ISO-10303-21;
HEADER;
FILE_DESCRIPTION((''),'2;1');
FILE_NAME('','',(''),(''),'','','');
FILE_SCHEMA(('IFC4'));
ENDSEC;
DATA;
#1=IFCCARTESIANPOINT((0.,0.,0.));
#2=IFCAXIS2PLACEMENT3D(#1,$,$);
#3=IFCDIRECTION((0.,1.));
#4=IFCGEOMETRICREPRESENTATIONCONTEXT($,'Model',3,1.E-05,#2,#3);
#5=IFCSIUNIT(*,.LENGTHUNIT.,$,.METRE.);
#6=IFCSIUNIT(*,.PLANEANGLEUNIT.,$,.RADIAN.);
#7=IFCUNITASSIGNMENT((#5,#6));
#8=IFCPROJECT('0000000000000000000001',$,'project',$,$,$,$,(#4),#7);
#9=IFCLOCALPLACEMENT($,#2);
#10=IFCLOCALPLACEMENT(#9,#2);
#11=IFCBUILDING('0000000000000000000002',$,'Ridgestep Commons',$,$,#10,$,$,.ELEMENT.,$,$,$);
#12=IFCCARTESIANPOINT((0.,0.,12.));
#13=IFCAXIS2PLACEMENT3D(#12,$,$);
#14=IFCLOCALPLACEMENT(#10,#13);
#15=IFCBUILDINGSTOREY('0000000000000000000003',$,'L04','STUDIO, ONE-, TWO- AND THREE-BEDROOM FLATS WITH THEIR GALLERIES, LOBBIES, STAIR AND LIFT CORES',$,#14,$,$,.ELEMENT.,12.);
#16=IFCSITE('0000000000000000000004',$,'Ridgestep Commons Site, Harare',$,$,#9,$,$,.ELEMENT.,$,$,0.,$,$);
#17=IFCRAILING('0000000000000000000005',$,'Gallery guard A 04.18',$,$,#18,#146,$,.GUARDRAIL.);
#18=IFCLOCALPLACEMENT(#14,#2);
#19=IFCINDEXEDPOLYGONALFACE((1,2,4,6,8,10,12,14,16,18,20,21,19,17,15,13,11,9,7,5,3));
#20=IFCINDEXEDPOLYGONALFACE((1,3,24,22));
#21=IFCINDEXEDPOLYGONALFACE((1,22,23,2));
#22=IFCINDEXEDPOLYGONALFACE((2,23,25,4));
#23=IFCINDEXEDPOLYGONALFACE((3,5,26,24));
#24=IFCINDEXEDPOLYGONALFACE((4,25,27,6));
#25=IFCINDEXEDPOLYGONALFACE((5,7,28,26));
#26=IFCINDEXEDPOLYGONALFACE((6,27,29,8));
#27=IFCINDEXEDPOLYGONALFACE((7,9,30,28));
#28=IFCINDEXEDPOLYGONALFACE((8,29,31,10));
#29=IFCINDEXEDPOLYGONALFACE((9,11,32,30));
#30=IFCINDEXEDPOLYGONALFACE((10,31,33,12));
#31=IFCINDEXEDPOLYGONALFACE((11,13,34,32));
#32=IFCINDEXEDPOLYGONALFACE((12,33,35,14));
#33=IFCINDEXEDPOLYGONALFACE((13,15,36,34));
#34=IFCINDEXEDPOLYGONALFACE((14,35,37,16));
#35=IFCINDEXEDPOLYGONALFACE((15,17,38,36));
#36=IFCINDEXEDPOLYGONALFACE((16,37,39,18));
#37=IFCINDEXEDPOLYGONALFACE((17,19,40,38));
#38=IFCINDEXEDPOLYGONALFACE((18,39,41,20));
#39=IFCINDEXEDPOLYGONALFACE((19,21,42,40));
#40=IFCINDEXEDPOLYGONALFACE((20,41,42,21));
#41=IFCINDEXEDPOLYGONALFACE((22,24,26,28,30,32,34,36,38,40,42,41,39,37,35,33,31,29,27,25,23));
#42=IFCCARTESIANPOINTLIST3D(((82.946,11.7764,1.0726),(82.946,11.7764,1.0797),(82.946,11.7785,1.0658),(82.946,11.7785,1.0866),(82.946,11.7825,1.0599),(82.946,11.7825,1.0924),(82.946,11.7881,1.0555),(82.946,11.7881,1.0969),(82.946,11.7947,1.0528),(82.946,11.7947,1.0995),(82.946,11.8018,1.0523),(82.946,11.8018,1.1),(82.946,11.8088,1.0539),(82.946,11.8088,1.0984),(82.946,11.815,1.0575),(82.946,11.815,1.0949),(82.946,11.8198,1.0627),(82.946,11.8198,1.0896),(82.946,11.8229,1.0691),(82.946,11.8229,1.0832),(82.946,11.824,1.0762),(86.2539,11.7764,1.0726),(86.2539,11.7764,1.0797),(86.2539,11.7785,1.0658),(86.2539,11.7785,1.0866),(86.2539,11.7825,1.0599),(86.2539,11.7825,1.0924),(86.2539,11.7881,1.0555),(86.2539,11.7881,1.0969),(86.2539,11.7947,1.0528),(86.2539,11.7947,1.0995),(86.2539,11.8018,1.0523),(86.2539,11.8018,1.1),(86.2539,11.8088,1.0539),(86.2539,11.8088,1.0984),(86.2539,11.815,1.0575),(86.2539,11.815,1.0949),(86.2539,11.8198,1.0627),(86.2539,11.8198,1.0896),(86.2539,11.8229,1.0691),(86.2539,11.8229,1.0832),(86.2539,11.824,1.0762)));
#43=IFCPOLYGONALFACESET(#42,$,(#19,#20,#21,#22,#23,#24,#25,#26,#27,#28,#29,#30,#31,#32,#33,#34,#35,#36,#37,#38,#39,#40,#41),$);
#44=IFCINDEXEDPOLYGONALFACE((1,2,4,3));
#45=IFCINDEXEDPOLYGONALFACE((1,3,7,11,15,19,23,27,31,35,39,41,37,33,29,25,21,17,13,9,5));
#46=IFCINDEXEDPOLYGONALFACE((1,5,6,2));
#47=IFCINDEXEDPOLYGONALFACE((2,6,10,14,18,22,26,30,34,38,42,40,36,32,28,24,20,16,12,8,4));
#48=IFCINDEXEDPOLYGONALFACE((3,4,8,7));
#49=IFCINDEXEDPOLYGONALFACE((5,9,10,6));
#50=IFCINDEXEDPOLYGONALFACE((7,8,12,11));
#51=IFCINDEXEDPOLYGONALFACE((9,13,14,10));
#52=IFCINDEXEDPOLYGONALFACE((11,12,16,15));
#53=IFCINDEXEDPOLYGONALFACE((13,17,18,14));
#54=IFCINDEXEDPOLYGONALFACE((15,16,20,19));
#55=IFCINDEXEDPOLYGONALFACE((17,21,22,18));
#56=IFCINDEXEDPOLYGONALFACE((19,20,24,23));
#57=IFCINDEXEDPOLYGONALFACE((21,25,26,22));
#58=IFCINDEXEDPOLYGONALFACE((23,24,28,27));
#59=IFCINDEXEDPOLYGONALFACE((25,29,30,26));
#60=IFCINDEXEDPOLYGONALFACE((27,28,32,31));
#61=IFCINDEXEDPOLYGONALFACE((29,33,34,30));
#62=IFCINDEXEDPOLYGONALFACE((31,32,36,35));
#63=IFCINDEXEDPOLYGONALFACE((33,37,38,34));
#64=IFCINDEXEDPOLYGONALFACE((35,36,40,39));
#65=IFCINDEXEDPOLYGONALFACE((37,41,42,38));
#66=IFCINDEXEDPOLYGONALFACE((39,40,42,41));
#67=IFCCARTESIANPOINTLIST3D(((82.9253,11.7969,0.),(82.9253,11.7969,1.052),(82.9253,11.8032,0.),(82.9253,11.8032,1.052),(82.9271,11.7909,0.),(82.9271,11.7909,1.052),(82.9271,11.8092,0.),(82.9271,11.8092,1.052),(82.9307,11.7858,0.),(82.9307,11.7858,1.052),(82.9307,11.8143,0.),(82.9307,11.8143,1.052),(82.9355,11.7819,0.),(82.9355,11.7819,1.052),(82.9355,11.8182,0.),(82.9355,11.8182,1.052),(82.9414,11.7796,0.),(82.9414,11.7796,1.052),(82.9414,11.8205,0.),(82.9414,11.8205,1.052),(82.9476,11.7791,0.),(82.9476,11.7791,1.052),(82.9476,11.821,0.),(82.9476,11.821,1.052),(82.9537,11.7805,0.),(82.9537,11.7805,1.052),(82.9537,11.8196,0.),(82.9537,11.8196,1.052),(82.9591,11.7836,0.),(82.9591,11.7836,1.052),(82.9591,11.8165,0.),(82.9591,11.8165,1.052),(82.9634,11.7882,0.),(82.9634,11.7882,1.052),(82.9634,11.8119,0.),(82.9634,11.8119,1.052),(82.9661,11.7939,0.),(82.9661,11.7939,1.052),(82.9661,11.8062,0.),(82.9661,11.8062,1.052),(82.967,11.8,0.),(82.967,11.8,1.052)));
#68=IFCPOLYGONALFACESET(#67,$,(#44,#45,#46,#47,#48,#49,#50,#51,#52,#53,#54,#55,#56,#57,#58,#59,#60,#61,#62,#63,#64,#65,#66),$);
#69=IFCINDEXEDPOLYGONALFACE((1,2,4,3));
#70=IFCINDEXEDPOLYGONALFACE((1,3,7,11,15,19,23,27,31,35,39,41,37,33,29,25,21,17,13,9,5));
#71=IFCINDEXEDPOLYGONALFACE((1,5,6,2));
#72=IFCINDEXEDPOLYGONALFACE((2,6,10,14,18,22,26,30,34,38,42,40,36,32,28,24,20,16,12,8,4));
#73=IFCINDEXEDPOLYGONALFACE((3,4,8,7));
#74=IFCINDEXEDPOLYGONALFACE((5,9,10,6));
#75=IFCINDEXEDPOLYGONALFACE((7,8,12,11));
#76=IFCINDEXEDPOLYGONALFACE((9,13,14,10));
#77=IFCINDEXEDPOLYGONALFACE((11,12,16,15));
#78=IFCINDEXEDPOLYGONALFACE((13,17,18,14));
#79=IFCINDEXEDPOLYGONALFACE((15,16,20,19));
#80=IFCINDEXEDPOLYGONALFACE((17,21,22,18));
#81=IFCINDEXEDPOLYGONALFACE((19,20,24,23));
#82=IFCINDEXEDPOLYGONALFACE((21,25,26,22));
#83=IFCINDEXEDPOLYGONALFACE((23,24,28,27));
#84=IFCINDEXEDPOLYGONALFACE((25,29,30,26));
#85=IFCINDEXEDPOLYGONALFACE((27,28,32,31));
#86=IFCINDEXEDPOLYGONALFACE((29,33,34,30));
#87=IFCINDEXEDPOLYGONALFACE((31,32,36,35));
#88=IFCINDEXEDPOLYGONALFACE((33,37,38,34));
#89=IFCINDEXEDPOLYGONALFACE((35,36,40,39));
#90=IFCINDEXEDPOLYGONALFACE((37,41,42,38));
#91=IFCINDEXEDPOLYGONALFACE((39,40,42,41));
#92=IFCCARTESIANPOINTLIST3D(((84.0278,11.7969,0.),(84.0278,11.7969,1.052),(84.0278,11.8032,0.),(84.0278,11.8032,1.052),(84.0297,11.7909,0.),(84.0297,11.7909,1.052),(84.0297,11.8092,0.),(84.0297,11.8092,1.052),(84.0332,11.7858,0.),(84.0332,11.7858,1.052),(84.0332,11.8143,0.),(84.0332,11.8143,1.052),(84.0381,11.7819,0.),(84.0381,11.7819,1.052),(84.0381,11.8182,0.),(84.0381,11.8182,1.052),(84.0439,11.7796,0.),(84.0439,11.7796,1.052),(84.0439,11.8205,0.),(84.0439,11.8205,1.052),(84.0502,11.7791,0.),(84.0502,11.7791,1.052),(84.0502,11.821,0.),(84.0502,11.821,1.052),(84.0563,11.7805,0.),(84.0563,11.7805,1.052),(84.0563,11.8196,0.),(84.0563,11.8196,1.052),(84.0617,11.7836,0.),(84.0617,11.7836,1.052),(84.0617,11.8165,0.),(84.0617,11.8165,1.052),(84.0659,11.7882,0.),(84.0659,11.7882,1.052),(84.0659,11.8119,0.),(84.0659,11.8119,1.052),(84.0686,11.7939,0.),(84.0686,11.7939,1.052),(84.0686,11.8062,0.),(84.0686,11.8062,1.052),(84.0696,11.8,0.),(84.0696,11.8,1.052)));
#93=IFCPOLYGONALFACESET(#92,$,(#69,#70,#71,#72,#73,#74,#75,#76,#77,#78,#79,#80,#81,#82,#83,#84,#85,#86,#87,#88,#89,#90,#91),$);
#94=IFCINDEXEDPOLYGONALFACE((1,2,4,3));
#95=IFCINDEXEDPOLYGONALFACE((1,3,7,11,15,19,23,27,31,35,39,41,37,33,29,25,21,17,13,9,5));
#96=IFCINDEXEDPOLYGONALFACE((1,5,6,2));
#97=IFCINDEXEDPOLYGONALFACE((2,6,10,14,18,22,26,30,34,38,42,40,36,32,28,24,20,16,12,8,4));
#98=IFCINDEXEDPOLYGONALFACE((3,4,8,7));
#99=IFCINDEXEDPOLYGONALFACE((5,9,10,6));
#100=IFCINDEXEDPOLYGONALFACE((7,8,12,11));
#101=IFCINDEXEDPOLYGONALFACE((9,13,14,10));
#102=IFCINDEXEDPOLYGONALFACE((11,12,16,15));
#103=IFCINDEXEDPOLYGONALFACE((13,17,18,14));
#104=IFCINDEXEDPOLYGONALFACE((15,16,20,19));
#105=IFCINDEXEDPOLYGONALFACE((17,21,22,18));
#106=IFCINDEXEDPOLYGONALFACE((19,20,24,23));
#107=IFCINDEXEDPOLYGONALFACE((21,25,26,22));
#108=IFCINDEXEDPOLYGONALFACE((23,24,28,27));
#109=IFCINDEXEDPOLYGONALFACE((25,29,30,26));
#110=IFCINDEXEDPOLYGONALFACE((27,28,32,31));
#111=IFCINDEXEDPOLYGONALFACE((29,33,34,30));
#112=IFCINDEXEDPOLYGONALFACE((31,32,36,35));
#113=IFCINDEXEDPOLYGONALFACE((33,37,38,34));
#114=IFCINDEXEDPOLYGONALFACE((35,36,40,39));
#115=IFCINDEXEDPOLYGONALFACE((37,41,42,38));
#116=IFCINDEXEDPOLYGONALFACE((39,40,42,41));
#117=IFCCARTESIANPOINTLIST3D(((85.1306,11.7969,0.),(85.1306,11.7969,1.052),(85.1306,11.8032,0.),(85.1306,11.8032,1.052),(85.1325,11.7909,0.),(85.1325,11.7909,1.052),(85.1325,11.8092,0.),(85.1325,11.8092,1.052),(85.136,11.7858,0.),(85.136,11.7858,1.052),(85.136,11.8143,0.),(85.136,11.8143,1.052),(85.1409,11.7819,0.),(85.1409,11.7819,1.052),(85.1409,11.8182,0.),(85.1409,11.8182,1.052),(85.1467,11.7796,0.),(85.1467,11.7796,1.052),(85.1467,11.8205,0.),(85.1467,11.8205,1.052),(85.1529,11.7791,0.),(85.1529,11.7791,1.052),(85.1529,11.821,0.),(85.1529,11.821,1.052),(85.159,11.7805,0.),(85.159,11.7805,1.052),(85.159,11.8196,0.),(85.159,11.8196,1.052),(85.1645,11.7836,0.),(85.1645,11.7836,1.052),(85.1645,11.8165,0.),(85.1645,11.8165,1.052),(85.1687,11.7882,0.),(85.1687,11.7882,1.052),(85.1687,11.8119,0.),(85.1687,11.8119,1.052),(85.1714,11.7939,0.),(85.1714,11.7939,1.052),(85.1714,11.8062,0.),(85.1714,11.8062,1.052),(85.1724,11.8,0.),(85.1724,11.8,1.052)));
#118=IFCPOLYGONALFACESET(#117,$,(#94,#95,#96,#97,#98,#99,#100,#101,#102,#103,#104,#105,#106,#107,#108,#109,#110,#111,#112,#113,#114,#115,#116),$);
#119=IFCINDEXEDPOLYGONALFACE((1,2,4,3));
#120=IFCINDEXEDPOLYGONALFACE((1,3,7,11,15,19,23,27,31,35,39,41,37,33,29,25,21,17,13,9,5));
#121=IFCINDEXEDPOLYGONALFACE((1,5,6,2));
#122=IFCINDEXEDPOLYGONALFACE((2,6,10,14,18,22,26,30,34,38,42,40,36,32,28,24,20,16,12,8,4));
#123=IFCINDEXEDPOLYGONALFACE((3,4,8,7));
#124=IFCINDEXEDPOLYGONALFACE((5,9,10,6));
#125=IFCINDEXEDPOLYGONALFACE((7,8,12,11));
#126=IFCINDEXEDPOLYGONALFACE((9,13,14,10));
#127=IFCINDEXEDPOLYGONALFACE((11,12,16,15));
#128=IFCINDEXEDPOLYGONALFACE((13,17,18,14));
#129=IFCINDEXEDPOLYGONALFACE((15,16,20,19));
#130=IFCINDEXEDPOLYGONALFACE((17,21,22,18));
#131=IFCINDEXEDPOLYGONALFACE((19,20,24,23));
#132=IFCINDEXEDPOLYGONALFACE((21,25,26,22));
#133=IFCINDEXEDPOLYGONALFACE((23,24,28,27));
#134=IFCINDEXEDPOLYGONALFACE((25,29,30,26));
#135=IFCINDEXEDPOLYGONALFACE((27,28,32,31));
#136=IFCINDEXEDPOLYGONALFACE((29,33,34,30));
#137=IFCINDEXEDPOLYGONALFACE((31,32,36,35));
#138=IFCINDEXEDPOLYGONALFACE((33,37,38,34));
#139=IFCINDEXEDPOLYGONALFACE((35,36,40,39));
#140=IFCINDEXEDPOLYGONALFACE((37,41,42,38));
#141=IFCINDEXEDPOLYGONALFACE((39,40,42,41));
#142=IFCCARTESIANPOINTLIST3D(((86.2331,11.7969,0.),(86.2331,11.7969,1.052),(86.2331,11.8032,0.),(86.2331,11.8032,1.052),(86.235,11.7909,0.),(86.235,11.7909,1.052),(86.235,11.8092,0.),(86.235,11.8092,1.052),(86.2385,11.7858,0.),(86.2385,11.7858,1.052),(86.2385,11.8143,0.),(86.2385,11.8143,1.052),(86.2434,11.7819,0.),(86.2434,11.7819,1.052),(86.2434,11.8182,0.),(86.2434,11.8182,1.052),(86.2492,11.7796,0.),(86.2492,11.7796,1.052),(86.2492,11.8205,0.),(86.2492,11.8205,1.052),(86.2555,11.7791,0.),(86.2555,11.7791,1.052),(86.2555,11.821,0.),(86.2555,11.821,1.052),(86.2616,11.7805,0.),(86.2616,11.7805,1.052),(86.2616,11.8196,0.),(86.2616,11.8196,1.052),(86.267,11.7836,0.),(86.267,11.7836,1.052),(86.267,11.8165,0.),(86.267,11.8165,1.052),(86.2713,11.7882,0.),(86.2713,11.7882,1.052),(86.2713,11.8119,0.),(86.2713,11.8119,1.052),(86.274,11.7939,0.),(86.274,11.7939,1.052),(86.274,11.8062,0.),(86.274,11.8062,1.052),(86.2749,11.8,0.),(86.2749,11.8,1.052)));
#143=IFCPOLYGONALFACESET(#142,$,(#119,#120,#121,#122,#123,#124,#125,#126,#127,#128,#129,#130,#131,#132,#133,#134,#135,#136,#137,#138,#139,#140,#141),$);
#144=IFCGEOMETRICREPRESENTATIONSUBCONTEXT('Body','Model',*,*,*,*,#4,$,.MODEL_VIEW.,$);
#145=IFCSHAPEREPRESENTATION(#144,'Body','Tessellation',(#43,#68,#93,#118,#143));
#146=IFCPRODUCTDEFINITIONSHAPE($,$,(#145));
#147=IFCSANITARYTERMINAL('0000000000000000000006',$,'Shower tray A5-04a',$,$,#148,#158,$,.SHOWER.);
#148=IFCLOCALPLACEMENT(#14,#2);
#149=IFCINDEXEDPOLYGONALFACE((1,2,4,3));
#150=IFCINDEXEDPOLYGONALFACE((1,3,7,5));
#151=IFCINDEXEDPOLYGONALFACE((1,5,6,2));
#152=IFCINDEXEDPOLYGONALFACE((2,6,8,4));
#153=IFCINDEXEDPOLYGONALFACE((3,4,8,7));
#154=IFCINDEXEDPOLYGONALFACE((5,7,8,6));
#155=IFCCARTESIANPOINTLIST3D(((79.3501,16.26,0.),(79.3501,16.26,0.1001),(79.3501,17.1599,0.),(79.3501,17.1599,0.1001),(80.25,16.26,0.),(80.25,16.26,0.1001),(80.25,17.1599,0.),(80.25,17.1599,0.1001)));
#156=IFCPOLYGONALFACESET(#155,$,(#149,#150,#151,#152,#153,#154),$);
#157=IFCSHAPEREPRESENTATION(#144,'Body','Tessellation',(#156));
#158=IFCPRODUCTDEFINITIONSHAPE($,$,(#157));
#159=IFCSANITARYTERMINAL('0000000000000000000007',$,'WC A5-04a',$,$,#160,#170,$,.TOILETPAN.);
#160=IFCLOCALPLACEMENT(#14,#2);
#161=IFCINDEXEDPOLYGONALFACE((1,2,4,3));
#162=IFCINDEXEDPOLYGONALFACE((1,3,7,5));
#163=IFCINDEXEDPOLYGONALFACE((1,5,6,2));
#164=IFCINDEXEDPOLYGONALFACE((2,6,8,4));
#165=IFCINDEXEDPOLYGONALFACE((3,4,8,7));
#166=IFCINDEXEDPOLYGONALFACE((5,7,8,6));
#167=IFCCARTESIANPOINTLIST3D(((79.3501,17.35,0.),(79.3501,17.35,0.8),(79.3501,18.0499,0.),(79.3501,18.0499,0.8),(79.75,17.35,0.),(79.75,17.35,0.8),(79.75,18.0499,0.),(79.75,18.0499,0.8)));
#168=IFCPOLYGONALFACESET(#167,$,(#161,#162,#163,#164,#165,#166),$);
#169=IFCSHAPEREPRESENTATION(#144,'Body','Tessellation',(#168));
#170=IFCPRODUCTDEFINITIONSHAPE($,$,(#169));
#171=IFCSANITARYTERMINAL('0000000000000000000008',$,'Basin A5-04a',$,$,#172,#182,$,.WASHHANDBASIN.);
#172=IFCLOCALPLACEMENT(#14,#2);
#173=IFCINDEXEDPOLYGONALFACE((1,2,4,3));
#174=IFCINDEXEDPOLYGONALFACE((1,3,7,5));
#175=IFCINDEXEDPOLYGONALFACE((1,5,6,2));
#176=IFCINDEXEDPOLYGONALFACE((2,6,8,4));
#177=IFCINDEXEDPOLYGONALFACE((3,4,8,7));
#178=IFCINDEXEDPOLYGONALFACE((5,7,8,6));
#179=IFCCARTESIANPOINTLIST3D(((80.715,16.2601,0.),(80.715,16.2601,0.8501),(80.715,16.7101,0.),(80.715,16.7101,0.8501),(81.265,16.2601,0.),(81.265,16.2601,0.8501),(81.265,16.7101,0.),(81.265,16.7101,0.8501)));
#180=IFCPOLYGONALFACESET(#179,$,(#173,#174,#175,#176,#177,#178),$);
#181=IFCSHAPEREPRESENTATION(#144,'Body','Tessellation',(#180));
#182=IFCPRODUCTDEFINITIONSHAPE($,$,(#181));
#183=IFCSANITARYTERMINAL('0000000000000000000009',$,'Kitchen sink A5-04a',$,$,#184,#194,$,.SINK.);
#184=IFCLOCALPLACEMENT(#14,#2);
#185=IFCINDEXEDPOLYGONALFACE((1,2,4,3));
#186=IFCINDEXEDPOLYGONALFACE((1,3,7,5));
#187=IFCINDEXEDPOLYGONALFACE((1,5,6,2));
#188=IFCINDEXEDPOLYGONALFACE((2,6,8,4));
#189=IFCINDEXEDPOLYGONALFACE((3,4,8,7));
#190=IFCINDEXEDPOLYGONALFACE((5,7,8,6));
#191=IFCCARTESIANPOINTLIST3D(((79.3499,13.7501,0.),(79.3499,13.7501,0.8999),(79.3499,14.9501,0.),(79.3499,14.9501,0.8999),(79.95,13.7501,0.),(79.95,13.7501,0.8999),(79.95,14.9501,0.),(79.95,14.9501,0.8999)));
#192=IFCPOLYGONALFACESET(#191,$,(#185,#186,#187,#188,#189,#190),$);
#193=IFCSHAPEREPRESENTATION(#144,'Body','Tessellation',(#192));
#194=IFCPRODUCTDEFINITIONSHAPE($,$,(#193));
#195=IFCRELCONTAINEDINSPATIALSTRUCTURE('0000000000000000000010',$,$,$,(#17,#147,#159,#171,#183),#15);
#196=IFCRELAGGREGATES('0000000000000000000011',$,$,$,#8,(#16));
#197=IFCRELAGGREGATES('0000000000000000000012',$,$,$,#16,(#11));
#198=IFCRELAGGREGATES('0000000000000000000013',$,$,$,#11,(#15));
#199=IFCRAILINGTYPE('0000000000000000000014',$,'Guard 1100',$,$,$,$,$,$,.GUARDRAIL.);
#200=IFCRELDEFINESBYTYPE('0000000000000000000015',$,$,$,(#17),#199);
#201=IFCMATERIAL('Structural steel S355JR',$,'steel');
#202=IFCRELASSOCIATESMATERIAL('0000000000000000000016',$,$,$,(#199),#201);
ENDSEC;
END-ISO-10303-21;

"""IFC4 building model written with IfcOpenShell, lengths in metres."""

from ifc_helpers import new_model, si_unit, direction, frame, origin, origin_2d, place, context, subcontext, project, spatial, rectangle, circle, extrude, material, type_object, element, save


model = new_model("IFC4")

# Units and contexts
model_context = context("Model", 3, precision=1e-05, world=origin(), true_north=direction((0.0, 1.0)))
body_context = subcontext(model_context, "Body", "Model", "MODEL_VIEW")
ifc_project = project(units=[si_unit("LENGTHUNIT", "METRE"), si_unit("PLANEANGLEUNIT", "RADIAN")], contexts=[model_context])

# Site, building, storey
site_placement = place(None, origin())
site = spatial("IfcSite", under=ifc_project, at=site_placement, Name="Ridgestep Commons Site, Harare", CompositionType="ELEMENT", RefElevation=0.0)
building_placement = place(site_placement, origin())
building = spatial("IfcBuilding", under=site, at=building_placement, Name="Ridgestep Commons", CompositionType="ELEMENT")
storey_placement = place(building_placement, frame((0.0, 0.0, 12.0)))
storey = spatial("IfcBuildingStorey", under=building, at=storey_placement, Name="L04", Description="STUDIO, ONE-, TWO- AND THREE-BEDROOM FLATS WITH THEIR GALLERIES, LOBBIES, STAIR AND LIFT CORES", CompositionType="ELEMENT", Elevation=12.0)

# Railing
ifc_material_1 = material(Name="Structural steel S355JR", Category="steel")
railing_type = type_object("IfcRailingType", Name="Guard 1100", PredefinedType="GUARDRAIL", material=ifc_material_1)
railing_1_placement = place(storey_placement, frame((82.946, 11.8, 0.0)))
element("IfcRailing", 1, at=railing_1_placement, inside=storey, type_object=railing_type, Name="Gallery guard A 04.18", PredefinedType="GUARDRAIL", context=body_context, shape_type="SweptSolid", body=[
    extrude(circle(Radius=0.0239, at=origin_2d()), frame((0.0, 0.0, 1.0762), z_axis=(1.0, 0.0, 0.0), x_axis=(0.0, 1.0, 0.0)), (0.0, 0.0, 1.0), 3.3079),
    extrude(circle(Radius=0.021, at=origin_2d()), origin(), (0.0, 0.0, 1.0), 1.052),
    extrude(circle(Radius=0.021, at=origin_2d()), frame((1.1025, 0.0, 0.0)), (0.0, 0.0, 1.0), 1.052),
    extrude(circle(Radius=0.021, at=origin_2d()), frame((2.2053, 0.0, 0.0)), (0.0, 0.0, 1.0), 1.052),
    extrude(circle(Radius=0.021, at=origin_2d()), frame((3.3079, 0.0, 0.0)), (0.0, 0.0, 1.0), 1.052),
])

# Sanitary terminals
sanitary_terminal_1_placement = place(storey_placement, frame((79.8, 16.71, 0.0), z_axis=(0.0, 0.0, 1.0), x_axis=(1.0, 0.0, 0.0)))
element("IfcSanitaryTerminal", 2, at=sanitary_terminal_1_placement, inside=storey, Name="Shower tray A5-04a", PredefinedType="SHOWER", context=body_context, shape_type="SweptSolid", body=[
    extrude(rectangle(XDim=0.8999, YDim=0.8999, at=origin_2d()), origin(), (0.0, 0.0, 1.0), 0.1001),
])
sanitary_terminal_2_placement = place(storey_placement, frame((79.55, 17.7, 0.0), z_axis=(0.0, 0.0, 1.0), x_axis=(1.0, 0.0, 0.0)))
element("IfcSanitaryTerminal", 3, at=sanitary_terminal_2_placement, inside=storey, Name="WC A5-04a", PredefinedType="TOILETPAN", context=body_context, shape_type="SweptSolid", body=[
    extrude(rectangle(XDim=0.3999, YDim=0.7, at=origin_2d()), origin(), (0.0, 0.0, 1.0), 0.8),
])
sanitary_terminal_3_placement = place(storey_placement, frame((80.99, 16.4851, 0.0), z_axis=(0.0, 0.0, 1.0), x_axis=(1.0, 0.0, 0.0)))
element("IfcSanitaryTerminal", 4, at=sanitary_terminal_3_placement, inside=storey, Name="Basin A5-04a", PredefinedType="WASHHANDBASIN", context=body_context, shape_type="SweptSolid", body=[
    extrude(rectangle(XDim=0.55, YDim=0.45, at=origin_2d()), origin(), (0.0, 0.0, 1.0), 0.8501),
])
sanitary_terminal_4_placement = place(storey_placement, frame((79.6499, 14.3501, 0.0), z_axis=(0.0, 0.0, 1.0), x_axis=(1.0, 0.0, 0.0)))
element("IfcSanitaryTerminal", 5, at=sanitary_terminal_4_placement, inside=storey, Name="Kitchen sink A5-04a", PredefinedType="SINK", context=body_context, shape_type="SweptSolid", body=[
    extrude(rectangle(XDim=0.6001, YDim=1.2, at=origin_2d()), origin(), (0.0, 0.0, 1.0), 0.8999),
])

save(model, "model.ifc")
